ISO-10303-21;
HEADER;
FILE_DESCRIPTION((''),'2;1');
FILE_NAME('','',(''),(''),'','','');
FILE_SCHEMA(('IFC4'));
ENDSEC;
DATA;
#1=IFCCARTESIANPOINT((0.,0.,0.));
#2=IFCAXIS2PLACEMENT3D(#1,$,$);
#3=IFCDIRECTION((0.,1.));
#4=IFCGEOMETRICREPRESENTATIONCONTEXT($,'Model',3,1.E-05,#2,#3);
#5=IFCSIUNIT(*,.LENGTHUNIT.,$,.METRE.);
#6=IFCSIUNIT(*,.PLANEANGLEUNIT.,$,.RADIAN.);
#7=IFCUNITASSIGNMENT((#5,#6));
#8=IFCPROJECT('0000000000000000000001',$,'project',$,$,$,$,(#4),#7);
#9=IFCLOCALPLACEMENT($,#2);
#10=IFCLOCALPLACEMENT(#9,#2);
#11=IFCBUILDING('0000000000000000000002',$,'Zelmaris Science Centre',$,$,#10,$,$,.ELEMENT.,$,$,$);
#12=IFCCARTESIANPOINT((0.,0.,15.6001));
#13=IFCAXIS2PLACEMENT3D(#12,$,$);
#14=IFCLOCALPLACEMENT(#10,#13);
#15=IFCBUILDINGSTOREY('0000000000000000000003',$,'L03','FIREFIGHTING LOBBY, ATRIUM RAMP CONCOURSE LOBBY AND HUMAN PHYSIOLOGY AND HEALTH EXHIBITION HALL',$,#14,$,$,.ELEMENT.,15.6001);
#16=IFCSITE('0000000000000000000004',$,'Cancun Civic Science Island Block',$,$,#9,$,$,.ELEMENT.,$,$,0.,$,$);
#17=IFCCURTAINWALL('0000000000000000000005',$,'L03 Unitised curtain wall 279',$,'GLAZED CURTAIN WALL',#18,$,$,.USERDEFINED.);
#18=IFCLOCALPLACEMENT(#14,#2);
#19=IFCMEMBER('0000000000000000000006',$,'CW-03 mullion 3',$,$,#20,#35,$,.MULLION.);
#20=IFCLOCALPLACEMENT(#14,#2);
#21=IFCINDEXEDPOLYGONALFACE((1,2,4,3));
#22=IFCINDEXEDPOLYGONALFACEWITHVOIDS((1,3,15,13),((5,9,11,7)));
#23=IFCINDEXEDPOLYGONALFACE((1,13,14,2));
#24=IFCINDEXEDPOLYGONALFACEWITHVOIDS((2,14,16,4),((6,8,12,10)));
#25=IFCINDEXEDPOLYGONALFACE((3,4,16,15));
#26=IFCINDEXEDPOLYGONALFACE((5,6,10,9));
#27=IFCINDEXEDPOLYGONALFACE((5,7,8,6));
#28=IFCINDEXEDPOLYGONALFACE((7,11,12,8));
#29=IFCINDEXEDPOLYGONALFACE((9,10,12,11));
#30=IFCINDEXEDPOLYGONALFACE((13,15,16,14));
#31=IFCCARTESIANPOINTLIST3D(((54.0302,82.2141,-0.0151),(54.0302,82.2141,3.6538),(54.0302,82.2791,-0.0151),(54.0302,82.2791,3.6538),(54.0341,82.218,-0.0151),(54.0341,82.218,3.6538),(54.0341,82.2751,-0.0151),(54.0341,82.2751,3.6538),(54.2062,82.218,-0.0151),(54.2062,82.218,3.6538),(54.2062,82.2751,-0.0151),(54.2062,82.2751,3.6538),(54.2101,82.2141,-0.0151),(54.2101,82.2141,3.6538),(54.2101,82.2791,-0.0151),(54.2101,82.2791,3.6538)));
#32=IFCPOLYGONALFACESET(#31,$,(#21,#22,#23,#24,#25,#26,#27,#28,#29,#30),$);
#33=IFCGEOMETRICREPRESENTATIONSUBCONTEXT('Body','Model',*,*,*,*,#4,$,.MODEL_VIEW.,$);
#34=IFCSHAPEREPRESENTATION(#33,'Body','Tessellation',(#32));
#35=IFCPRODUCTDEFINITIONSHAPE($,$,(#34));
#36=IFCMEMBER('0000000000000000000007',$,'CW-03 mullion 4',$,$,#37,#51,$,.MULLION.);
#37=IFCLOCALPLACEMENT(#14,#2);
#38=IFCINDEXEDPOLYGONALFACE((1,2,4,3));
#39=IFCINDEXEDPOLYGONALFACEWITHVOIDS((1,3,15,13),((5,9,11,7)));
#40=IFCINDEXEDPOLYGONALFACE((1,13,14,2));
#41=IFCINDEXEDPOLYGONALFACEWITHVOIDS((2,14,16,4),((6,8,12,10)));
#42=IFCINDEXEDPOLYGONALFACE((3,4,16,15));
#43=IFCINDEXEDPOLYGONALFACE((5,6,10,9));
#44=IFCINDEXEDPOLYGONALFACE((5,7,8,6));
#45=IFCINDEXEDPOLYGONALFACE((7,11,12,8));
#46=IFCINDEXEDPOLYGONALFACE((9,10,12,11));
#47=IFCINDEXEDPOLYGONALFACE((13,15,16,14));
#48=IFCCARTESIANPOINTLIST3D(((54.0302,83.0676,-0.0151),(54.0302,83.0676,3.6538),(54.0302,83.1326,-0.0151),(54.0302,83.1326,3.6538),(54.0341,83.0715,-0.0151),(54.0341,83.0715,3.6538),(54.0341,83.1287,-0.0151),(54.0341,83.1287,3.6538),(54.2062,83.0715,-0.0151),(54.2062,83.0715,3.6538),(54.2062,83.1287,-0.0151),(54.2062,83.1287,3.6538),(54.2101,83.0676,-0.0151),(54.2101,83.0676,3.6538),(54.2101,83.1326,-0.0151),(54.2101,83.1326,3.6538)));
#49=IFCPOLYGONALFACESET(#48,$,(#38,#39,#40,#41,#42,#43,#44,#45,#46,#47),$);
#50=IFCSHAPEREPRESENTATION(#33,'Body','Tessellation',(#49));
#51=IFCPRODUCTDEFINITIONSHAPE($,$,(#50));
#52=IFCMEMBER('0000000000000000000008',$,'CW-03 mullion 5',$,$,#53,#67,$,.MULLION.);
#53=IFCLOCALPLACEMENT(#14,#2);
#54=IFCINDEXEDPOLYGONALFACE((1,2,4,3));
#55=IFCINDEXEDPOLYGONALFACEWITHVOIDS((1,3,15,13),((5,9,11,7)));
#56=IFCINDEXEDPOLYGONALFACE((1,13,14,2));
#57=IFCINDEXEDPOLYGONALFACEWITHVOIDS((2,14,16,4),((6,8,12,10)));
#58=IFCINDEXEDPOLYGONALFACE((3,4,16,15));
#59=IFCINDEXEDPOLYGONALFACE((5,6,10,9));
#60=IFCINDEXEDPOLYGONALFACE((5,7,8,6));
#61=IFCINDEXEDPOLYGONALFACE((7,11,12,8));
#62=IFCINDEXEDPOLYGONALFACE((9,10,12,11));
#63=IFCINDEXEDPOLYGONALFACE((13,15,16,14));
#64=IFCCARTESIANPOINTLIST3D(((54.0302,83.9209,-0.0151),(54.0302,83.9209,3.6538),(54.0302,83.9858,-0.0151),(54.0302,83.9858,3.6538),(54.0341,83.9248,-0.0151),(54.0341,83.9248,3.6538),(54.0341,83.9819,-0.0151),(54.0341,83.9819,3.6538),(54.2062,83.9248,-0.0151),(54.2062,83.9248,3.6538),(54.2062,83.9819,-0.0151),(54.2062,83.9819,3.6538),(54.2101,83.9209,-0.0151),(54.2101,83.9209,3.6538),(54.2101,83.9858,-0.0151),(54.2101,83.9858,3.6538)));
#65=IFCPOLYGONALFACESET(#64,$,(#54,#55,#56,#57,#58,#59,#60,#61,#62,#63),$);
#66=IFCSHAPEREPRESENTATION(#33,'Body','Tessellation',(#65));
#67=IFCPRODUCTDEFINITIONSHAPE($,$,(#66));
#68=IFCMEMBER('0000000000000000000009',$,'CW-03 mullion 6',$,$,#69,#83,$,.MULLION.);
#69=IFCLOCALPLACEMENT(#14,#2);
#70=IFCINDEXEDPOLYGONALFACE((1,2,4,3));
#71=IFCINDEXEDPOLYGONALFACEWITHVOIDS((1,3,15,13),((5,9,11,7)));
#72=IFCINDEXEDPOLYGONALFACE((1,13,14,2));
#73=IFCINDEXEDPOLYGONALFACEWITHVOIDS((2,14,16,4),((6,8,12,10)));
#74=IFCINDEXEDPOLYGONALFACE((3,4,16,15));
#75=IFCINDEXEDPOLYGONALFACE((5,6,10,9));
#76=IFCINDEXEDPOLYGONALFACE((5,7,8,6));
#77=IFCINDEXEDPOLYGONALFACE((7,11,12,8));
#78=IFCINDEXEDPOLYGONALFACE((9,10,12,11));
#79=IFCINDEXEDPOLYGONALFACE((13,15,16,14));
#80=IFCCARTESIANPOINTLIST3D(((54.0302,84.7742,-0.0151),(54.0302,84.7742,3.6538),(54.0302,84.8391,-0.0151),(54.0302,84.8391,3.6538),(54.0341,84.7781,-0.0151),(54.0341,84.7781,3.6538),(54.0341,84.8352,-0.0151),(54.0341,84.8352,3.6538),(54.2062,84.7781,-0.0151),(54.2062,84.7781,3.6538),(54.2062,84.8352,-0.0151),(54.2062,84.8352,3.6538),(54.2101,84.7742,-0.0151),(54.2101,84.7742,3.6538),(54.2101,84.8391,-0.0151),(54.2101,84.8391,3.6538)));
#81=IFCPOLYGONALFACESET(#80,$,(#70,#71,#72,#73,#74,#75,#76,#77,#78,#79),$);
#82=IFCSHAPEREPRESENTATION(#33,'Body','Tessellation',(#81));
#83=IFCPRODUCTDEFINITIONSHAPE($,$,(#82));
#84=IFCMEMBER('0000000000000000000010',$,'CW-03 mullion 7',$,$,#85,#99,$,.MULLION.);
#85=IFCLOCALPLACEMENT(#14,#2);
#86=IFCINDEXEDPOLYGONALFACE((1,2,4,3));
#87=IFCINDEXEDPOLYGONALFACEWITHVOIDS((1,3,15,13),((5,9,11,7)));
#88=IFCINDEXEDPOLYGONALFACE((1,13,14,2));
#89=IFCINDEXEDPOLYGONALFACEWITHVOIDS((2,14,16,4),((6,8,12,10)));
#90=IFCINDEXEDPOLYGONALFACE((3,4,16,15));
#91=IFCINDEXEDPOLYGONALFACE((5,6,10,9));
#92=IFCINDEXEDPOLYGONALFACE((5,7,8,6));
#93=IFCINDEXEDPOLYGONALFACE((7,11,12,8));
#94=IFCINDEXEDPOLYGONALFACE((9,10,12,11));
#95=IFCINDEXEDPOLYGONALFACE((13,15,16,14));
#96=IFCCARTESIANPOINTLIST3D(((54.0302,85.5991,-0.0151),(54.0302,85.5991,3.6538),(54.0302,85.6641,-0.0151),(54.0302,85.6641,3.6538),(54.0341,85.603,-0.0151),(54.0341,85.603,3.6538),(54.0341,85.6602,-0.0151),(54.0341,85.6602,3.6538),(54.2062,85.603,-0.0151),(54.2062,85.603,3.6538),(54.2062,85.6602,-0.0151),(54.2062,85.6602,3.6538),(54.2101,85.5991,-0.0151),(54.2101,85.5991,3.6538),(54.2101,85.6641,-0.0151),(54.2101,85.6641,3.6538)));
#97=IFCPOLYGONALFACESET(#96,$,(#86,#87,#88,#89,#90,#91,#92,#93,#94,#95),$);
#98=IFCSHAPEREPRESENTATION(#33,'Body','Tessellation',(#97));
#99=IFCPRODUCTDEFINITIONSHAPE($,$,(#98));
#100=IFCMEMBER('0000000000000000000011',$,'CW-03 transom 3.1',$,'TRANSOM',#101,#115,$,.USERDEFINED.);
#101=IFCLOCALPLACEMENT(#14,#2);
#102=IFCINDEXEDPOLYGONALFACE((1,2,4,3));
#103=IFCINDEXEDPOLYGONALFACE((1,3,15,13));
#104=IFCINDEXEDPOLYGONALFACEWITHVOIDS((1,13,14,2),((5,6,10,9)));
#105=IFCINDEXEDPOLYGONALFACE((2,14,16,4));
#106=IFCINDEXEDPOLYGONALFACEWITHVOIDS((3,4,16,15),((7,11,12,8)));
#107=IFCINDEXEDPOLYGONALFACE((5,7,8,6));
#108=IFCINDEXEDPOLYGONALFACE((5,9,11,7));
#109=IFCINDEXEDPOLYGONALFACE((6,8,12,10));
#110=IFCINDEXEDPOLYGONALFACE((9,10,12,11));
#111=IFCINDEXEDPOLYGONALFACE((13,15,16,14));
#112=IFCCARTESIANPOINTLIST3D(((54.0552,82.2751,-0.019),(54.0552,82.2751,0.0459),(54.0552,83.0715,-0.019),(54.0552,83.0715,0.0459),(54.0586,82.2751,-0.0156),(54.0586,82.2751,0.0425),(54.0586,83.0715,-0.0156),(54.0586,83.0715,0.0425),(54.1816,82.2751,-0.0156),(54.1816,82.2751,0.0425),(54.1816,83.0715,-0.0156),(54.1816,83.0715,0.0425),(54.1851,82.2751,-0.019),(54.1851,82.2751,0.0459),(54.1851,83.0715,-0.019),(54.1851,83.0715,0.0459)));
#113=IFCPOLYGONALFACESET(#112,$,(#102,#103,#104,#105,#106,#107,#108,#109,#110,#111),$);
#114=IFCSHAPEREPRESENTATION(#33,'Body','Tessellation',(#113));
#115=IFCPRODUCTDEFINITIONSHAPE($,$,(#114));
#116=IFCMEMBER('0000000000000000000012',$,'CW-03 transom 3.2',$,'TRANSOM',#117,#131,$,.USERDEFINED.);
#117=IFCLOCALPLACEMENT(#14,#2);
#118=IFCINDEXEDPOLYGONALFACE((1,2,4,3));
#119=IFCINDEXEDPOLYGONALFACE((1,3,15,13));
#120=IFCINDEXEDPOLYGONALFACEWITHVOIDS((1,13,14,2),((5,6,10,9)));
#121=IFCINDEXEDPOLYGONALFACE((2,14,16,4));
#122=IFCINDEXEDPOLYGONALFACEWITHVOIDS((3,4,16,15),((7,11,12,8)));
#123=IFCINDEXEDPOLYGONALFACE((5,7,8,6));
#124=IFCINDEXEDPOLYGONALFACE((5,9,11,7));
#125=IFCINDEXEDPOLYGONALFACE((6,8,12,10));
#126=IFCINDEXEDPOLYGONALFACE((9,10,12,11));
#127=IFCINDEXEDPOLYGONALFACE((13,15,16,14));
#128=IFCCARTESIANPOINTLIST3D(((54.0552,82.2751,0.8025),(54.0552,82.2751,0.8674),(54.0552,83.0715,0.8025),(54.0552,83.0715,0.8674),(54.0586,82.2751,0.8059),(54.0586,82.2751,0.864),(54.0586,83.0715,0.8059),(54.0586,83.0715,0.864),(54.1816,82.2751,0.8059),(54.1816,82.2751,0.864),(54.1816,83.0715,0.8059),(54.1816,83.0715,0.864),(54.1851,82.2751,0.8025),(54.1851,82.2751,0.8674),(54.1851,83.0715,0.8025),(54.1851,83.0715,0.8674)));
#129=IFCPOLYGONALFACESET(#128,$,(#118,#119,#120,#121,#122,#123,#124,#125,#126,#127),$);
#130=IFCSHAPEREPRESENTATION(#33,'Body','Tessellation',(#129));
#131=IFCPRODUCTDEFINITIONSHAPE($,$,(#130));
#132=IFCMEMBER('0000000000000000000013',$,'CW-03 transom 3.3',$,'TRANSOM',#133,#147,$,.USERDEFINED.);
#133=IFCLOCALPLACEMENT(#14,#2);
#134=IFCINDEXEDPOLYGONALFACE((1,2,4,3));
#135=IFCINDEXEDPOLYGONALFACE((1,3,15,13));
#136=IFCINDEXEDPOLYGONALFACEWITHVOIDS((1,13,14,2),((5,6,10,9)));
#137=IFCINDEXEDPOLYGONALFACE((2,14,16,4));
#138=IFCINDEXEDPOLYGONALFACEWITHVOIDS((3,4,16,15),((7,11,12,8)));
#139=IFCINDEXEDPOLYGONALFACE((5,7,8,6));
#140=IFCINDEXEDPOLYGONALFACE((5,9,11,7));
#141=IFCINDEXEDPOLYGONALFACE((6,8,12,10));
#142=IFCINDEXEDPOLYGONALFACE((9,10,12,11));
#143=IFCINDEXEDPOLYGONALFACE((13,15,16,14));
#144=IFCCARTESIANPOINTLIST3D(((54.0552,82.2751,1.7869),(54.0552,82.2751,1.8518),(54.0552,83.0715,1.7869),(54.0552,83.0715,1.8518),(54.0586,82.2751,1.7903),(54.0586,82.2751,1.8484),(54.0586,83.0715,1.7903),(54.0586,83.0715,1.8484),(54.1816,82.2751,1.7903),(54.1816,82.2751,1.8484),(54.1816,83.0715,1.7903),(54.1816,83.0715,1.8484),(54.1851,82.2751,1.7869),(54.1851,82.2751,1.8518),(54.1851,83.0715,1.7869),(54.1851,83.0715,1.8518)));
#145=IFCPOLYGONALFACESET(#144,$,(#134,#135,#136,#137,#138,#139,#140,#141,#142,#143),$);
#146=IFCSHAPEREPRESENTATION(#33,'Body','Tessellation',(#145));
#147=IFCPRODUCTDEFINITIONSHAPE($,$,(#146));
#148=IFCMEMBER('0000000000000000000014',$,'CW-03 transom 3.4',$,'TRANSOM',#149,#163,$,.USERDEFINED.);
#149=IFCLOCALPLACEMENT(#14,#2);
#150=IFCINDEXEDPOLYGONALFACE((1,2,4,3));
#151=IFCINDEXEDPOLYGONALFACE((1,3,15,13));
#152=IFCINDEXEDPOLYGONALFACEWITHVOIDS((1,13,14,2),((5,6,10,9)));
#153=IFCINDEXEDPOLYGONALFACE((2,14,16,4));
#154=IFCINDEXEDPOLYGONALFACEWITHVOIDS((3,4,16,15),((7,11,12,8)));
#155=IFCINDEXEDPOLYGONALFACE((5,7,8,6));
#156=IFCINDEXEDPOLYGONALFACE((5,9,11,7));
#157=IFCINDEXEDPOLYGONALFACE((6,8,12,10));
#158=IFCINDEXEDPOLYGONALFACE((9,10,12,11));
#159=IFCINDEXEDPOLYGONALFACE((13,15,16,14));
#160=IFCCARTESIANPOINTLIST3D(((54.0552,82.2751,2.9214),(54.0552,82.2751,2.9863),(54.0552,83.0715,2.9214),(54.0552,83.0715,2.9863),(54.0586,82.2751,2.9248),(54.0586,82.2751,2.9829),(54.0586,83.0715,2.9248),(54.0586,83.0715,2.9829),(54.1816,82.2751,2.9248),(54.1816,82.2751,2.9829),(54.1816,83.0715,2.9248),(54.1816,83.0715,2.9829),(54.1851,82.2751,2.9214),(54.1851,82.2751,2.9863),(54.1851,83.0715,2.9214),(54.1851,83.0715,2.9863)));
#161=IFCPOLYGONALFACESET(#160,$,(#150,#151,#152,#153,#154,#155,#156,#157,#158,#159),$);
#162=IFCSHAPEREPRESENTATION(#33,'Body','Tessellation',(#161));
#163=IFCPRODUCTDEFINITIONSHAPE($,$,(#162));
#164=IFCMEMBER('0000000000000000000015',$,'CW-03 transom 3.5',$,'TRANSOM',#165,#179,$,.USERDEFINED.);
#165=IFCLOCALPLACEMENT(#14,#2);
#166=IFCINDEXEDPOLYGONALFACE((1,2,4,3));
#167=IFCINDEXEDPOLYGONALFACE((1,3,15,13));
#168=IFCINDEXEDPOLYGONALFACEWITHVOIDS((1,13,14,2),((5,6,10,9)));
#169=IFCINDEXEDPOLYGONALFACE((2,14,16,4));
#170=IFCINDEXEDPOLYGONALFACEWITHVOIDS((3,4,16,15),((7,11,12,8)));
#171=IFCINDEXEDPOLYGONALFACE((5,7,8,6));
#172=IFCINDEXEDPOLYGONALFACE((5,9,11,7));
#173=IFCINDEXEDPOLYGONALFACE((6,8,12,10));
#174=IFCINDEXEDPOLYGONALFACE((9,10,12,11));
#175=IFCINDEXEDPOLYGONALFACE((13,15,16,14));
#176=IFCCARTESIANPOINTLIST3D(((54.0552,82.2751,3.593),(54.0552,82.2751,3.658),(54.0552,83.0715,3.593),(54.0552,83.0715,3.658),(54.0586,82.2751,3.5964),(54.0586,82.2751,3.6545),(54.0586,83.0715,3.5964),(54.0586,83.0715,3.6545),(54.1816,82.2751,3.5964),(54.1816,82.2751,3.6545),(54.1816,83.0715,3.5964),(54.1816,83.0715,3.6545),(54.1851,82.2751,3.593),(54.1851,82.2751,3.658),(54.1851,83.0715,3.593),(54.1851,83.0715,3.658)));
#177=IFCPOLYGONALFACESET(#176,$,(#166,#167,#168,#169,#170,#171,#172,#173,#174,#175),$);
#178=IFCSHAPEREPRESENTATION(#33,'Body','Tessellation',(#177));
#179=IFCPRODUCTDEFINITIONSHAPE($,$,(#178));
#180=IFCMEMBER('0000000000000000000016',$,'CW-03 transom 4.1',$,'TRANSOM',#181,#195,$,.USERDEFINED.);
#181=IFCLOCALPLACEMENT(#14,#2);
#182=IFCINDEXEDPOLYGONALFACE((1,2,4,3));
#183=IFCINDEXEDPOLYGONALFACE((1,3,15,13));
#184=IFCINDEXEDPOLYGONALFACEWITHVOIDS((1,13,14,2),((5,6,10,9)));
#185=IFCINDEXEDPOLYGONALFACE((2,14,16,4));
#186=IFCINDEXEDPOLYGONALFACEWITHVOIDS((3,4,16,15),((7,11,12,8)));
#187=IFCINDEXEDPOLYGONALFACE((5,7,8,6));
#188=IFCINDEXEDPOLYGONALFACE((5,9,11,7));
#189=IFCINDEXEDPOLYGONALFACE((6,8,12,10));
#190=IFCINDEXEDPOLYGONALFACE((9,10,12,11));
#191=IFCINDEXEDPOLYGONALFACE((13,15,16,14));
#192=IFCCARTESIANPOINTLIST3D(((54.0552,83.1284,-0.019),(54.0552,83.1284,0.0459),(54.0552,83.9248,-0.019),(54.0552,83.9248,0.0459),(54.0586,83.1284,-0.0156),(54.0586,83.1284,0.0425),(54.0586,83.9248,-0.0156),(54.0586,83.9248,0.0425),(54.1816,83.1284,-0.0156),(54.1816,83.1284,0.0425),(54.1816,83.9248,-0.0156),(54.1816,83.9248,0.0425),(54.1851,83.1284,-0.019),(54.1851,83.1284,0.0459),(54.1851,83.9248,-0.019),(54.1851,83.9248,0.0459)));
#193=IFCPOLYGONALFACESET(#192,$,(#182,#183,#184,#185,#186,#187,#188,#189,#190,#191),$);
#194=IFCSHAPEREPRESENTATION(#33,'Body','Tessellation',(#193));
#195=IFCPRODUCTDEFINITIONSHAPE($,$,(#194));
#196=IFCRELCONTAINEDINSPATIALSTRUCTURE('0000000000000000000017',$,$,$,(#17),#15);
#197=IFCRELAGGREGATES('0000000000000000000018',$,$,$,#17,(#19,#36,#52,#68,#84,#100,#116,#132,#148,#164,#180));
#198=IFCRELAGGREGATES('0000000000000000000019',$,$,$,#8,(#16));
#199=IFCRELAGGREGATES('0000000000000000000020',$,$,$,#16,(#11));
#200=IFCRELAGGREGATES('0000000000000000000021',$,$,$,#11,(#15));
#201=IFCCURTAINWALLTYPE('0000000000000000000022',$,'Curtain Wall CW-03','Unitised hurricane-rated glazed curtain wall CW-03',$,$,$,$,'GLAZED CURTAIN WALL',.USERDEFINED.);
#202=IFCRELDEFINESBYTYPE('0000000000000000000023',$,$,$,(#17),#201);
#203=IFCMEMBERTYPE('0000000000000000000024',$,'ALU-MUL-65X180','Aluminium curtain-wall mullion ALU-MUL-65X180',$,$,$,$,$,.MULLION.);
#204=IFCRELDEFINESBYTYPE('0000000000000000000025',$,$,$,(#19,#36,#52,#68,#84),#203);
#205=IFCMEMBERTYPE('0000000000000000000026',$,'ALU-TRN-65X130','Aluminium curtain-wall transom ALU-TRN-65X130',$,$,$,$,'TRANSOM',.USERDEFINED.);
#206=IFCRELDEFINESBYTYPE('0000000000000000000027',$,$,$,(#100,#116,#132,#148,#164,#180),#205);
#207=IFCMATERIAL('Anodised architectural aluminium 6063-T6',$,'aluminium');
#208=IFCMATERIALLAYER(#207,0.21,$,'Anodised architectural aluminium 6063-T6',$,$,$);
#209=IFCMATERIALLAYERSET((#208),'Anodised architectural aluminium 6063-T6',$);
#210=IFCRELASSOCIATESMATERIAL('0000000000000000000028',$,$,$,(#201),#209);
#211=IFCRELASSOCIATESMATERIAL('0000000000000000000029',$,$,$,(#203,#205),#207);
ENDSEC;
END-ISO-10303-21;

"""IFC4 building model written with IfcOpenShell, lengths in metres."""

from ifc_helpers import new_model, si_unit, direction, frame, origin, origin_2d, place, context, subcontext, project, spatial, hollow_rectangle, extrude, material, layer, layer_set, material_profile, profile_set, type_object, element, aggregate, save


model = new_model("IFC4")

# Units and contexts
model_context = context("Model", 3, precision=1e-05, world=origin(), true_north=direction((0.0, 1.0)))
body_context = subcontext(model_context, "Body", "Model", "MODEL_VIEW")
ifc_project = project(units=[si_unit("LENGTHUNIT", "METRE"), si_unit("PLANEANGLEUNIT", "RADIAN")], contexts=[model_context])

# Site, building, storey
site_placement = place(None, origin())
site = spatial("IfcSite", under=ifc_project, at=site_placement, Name="Cancun Civic Science Island Block", CompositionType="ELEMENT", RefElevation=0.0)
building_placement = place(site_placement, origin())
building = spatial("IfcBuilding", under=site, at=building_placement, Name="Zelmaris Science Centre", CompositionType="ELEMENT")
storey_placement = place(building_placement, frame((0.0, 0.0, 15.6001)))
storey = spatial("IfcBuildingStorey", under=building, at=storey_placement, Name="L03", Description="FIREFIGHTING LOBBY, ATRIUM RAMP CONCOURSE LOBBY AND HUMAN PHYSIOLOGY AND HEALTH EXHIBITION HALL", CompositionType="ELEMENT", Elevation=15.6001)

# Curtain wall, members
ifc_material_1 = material(Name="Anodised architectural aluminium 6063-T6", Category="aluminium")
ifc_layer_1 = layer(ifc_material_1, 0.21, Name="Anodised architectural aluminium 6063-T6")
ifc_layer_set_1 = layer_set([ifc_layer_1], Name="Anodised architectural aluminium 6063-T6")
curtain_wall_type = type_object("IfcCurtainWallType", Name="Curtain Wall CW-03", Description="Unitised hurricane-rated glazed curtain wall CW-03", ElementType="GLAZED CURTAIN WALL", PredefinedType="USERDEFINED", material=ifc_layer_set_1)
curtain_wall_placement = place(storey_placement, origin())
curtain_wall = element("IfcCurtainWall", 1, at=curtain_wall_placement, inside=storey, type_object=curtain_wall_type, Name="L03 Unitised curtain wall 279", ObjectType="GLAZED CURTAIN WALL", PredefinedType="USERDEFINED")
ifc_material_profile_1 = material_profile(ifc_material_1, hollow_rectangle(XDim=0.0649, YDim=0.1799, WallThickness=0.0039, at=origin_2d()), Name="ALU-MUL-65X180")
ifc_profile_set_1 = profile_set([ifc_material_profile_1], Name="Anodised architectural aluminium 6063-T6")
member_type_1 = type_object("IfcMemberType", Name="ALU-MUL-65X180", Description="Aluminium curtain-wall mullion ALU-MUL-65X180", PredefinedType="MULLION", material=ifc_profile_set_1)
member_1_placement = place(storey_placement, frame((54.1201, 82.2466, -0.0151), z_axis=(0.0, 0.0, 1.0), x_axis=(0.0, 1.0, 0.0)))
member_1 = element("IfcMember", 2, at=member_1_placement, type_object=member_type_1, Name="CW-03 mullion 3", PredefinedType="MULLION", context=body_context, shape_type="SweptSolid", body=[
    extrude(hollow_rectangle(XDim=0.0649, YDim=0.1799, WallThickness=0.0039, at=origin_2d()), origin(), (0.0, 0.0, 1.0), 3.6689),
])
member_2_placement = place(storey_placement, frame((54.1201, 83.1001, -0.0151), z_axis=(0.0, 0.0, 1.0), x_axis=(0.0, 1.0, 0.0)))
member_2 = element("IfcMember", 3, at=member_2_placement, type_object=member_type_1, Name="CW-03 mullion 4", PredefinedType="MULLION", context=body_context, shape_type="SweptSolid", body=[
    extrude(hollow_rectangle(XDim=0.0649, YDim=0.1799, WallThickness=0.0039, at=origin_2d()), origin(), (0.0, 0.0, 1.0), 3.6689),
])
member_3_placement = place(storey_placement, frame((54.1201, 83.9534, -0.0151), z_axis=(0.0, 0.0, 1.0), x_axis=(0.0, 1.0, 0.0)))
member_3 = element("IfcMember", 4, at=member_3_placement, type_object=member_type_1, Name="CW-03 mullion 5", PredefinedType="MULLION", context=body_context, shape_type="SweptSolid", body=[
    extrude(hollow_rectangle(XDim=0.0649, YDim=0.1799, WallThickness=0.0039, at=origin_2d()), origin(), (0.0, 0.0, 1.0), 3.6689),
])
member_4_placement = place(storey_placement, frame((54.1201, 84.8066, -0.0151), z_axis=(0.0, 0.0, 1.0), x_axis=(0.0, 1.0, 0.0)))
member_4 = element("IfcMember", 5, at=member_4_placement, type_object=member_type_1, Name="CW-03 mullion 6", PredefinedType="MULLION", context=body_context, shape_type="SweptSolid", body=[
    extrude(hollow_rectangle(XDim=0.0649, YDim=0.1799, WallThickness=0.0039, at=origin_2d()), origin(), (0.0, 0.0, 1.0), 3.6689),
])
member_5_placement = place(storey_placement, frame((54.1201, 85.6316, -0.0151), z_axis=(0.0, 0.0, 1.0), x_axis=(0.0, 1.0, 0.0)))
member_5 = element("IfcMember", 6, at=member_5_placement, type_object=member_type_1, Name="CW-03 mullion 7", PredefinedType="MULLION", context=body_context, shape_type="SweptSolid", body=[
    extrude(hollow_rectangle(XDim=0.0649, YDim=0.1799, WallThickness=0.0039, at=origin_2d()), origin(), (0.0, 0.0, 1.0), 3.6689),
])
ifc_material_profile_2 = material_profile(ifc_material_1, hollow_rectangle(XDim=0.0649, YDim=0.1299, WallThickness=0.0034, at=origin_2d()), Name="ALU-TRN-65X130")
ifc_profile_set_2 = profile_set([ifc_material_profile_2], Name="Anodised architectural aluminium 6063-T6")
member_type_2 = type_object("IfcMemberType", Name="ALU-TRN-65X130", Description="Aluminium curtain-wall transom ALU-TRN-65X130", ElementType="TRANSOM", PredefinedType="USERDEFINED", material=ifc_profile_set_2)
member_6_placement = place(storey_placement, frame((54.1201, 82.2751, 0.0134), z_axis=(0.0, 1.0, 0.0), x_axis=(0.0, 0.0, 1.0)))
member_6 = element("IfcMember", 7, at=member_6_placement, type_object=member_type_2, Name="CW-03 transom 3.1", ObjectType="TRANSOM", PredefinedType="USERDEFINED", context=body_context, shape_type="SweptSolid", body=[
    extrude(hollow_rectangle(XDim=0.0649, YDim=0.1299, WallThickness=0.0034, at=origin_2d()), origin(), (0.0, 0.0, 1.0), 0.7964),
])
member_7_placement = place(storey_placement, frame((54.1201, 82.2751, 0.835), z_axis=(0.0, 1.0, 0.0), x_axis=(0.0, 0.0, 1.0)))
member_7 = element("IfcMember", 8, at=member_7_placement, type_object=member_type_2, Name="CW-03 transom 3.2", ObjectType="TRANSOM", PredefinedType="USERDEFINED", context=body_context, shape_type="SweptSolid", body=[
    extrude(hollow_rectangle(XDim=0.0649, YDim=0.1299, WallThickness=0.0034, at=origin_2d()), origin(), (0.0, 0.0, 1.0), 0.7964),
])
member_8_placement = place(storey_placement, frame((54.1201, 82.2751, 1.8193), z_axis=(0.0, 1.0, 0.0), x_axis=(0.0, 0.0, 1.0)))
member_8 = element("IfcMember", 9, at=member_8_placement, type_object=member_type_2, Name="CW-03 transom 3.3", ObjectType="TRANSOM", PredefinedType="USERDEFINED", context=body_context, shape_type="SweptSolid", body=[
    extrude(hollow_rectangle(XDim=0.0649, YDim=0.1299, WallThickness=0.0034, at=origin_2d()), origin(), (0.0, 0.0, 1.0), 0.7964),
])
member_9_placement = place(storey_placement, frame((54.1201, 82.2751, 2.9539), z_axis=(0.0, 1.0, 0.0), x_axis=(0.0, 0.0, 1.0)))
member_9 = element("IfcMember", 10, at=member_9_placement, type_object=member_type_2, Name="CW-03 transom 3.4", ObjectType="TRANSOM", PredefinedType="USERDEFINED", context=body_context, shape_type="SweptSolid", body=[
    extrude(hollow_rectangle(XDim=0.0649, YDim=0.1299, WallThickness=0.0034, at=origin_2d()), origin(), (0.0, 0.0, 1.0), 0.7964),
])
member_10_placement = place(storey_placement, frame((54.1201, 82.2751, 3.6255), z_axis=(0.0, 1.0, 0.0), x_axis=(0.0, 0.0, 1.0)))
member_10 = element("IfcMember", 11, at=member_10_placement, type_object=member_type_2, Name="CW-03 transom 3.5", ObjectType="TRANSOM", PredefinedType="USERDEFINED", context=body_context, shape_type="SweptSolid", body=[
    extrude(hollow_rectangle(XDim=0.0649, YDim=0.1299, WallThickness=0.0034, at=origin_2d()), origin(), (0.0, 0.0, 1.0), 0.7964),
])
member_11_placement = place(storey_placement, frame((54.1201, 83.1284, 0.0134), z_axis=(0.0, 1.0, 0.0), x_axis=(0.0, 0.0, 1.0)))
member_11 = element("IfcMember", 12, at=member_11_placement, type_object=member_type_2, Name="CW-03 transom 4.1", ObjectType="TRANSOM", PredefinedType="USERDEFINED", context=body_context, shape_type="SweptSolid", body=[
    extrude(hollow_rectangle(XDim=0.0649, YDim=0.1299, WallThickness=0.0034, at=origin_2d()), origin(), (0.0, 0.0, 1.0), 0.7964),
])
aggregate(curtain_wall, [member_1, member_2, member_3, member_4, member_5, member_6, member_7, member_8, member_9, member_10, member_11])

save(model, "model.ifc")
